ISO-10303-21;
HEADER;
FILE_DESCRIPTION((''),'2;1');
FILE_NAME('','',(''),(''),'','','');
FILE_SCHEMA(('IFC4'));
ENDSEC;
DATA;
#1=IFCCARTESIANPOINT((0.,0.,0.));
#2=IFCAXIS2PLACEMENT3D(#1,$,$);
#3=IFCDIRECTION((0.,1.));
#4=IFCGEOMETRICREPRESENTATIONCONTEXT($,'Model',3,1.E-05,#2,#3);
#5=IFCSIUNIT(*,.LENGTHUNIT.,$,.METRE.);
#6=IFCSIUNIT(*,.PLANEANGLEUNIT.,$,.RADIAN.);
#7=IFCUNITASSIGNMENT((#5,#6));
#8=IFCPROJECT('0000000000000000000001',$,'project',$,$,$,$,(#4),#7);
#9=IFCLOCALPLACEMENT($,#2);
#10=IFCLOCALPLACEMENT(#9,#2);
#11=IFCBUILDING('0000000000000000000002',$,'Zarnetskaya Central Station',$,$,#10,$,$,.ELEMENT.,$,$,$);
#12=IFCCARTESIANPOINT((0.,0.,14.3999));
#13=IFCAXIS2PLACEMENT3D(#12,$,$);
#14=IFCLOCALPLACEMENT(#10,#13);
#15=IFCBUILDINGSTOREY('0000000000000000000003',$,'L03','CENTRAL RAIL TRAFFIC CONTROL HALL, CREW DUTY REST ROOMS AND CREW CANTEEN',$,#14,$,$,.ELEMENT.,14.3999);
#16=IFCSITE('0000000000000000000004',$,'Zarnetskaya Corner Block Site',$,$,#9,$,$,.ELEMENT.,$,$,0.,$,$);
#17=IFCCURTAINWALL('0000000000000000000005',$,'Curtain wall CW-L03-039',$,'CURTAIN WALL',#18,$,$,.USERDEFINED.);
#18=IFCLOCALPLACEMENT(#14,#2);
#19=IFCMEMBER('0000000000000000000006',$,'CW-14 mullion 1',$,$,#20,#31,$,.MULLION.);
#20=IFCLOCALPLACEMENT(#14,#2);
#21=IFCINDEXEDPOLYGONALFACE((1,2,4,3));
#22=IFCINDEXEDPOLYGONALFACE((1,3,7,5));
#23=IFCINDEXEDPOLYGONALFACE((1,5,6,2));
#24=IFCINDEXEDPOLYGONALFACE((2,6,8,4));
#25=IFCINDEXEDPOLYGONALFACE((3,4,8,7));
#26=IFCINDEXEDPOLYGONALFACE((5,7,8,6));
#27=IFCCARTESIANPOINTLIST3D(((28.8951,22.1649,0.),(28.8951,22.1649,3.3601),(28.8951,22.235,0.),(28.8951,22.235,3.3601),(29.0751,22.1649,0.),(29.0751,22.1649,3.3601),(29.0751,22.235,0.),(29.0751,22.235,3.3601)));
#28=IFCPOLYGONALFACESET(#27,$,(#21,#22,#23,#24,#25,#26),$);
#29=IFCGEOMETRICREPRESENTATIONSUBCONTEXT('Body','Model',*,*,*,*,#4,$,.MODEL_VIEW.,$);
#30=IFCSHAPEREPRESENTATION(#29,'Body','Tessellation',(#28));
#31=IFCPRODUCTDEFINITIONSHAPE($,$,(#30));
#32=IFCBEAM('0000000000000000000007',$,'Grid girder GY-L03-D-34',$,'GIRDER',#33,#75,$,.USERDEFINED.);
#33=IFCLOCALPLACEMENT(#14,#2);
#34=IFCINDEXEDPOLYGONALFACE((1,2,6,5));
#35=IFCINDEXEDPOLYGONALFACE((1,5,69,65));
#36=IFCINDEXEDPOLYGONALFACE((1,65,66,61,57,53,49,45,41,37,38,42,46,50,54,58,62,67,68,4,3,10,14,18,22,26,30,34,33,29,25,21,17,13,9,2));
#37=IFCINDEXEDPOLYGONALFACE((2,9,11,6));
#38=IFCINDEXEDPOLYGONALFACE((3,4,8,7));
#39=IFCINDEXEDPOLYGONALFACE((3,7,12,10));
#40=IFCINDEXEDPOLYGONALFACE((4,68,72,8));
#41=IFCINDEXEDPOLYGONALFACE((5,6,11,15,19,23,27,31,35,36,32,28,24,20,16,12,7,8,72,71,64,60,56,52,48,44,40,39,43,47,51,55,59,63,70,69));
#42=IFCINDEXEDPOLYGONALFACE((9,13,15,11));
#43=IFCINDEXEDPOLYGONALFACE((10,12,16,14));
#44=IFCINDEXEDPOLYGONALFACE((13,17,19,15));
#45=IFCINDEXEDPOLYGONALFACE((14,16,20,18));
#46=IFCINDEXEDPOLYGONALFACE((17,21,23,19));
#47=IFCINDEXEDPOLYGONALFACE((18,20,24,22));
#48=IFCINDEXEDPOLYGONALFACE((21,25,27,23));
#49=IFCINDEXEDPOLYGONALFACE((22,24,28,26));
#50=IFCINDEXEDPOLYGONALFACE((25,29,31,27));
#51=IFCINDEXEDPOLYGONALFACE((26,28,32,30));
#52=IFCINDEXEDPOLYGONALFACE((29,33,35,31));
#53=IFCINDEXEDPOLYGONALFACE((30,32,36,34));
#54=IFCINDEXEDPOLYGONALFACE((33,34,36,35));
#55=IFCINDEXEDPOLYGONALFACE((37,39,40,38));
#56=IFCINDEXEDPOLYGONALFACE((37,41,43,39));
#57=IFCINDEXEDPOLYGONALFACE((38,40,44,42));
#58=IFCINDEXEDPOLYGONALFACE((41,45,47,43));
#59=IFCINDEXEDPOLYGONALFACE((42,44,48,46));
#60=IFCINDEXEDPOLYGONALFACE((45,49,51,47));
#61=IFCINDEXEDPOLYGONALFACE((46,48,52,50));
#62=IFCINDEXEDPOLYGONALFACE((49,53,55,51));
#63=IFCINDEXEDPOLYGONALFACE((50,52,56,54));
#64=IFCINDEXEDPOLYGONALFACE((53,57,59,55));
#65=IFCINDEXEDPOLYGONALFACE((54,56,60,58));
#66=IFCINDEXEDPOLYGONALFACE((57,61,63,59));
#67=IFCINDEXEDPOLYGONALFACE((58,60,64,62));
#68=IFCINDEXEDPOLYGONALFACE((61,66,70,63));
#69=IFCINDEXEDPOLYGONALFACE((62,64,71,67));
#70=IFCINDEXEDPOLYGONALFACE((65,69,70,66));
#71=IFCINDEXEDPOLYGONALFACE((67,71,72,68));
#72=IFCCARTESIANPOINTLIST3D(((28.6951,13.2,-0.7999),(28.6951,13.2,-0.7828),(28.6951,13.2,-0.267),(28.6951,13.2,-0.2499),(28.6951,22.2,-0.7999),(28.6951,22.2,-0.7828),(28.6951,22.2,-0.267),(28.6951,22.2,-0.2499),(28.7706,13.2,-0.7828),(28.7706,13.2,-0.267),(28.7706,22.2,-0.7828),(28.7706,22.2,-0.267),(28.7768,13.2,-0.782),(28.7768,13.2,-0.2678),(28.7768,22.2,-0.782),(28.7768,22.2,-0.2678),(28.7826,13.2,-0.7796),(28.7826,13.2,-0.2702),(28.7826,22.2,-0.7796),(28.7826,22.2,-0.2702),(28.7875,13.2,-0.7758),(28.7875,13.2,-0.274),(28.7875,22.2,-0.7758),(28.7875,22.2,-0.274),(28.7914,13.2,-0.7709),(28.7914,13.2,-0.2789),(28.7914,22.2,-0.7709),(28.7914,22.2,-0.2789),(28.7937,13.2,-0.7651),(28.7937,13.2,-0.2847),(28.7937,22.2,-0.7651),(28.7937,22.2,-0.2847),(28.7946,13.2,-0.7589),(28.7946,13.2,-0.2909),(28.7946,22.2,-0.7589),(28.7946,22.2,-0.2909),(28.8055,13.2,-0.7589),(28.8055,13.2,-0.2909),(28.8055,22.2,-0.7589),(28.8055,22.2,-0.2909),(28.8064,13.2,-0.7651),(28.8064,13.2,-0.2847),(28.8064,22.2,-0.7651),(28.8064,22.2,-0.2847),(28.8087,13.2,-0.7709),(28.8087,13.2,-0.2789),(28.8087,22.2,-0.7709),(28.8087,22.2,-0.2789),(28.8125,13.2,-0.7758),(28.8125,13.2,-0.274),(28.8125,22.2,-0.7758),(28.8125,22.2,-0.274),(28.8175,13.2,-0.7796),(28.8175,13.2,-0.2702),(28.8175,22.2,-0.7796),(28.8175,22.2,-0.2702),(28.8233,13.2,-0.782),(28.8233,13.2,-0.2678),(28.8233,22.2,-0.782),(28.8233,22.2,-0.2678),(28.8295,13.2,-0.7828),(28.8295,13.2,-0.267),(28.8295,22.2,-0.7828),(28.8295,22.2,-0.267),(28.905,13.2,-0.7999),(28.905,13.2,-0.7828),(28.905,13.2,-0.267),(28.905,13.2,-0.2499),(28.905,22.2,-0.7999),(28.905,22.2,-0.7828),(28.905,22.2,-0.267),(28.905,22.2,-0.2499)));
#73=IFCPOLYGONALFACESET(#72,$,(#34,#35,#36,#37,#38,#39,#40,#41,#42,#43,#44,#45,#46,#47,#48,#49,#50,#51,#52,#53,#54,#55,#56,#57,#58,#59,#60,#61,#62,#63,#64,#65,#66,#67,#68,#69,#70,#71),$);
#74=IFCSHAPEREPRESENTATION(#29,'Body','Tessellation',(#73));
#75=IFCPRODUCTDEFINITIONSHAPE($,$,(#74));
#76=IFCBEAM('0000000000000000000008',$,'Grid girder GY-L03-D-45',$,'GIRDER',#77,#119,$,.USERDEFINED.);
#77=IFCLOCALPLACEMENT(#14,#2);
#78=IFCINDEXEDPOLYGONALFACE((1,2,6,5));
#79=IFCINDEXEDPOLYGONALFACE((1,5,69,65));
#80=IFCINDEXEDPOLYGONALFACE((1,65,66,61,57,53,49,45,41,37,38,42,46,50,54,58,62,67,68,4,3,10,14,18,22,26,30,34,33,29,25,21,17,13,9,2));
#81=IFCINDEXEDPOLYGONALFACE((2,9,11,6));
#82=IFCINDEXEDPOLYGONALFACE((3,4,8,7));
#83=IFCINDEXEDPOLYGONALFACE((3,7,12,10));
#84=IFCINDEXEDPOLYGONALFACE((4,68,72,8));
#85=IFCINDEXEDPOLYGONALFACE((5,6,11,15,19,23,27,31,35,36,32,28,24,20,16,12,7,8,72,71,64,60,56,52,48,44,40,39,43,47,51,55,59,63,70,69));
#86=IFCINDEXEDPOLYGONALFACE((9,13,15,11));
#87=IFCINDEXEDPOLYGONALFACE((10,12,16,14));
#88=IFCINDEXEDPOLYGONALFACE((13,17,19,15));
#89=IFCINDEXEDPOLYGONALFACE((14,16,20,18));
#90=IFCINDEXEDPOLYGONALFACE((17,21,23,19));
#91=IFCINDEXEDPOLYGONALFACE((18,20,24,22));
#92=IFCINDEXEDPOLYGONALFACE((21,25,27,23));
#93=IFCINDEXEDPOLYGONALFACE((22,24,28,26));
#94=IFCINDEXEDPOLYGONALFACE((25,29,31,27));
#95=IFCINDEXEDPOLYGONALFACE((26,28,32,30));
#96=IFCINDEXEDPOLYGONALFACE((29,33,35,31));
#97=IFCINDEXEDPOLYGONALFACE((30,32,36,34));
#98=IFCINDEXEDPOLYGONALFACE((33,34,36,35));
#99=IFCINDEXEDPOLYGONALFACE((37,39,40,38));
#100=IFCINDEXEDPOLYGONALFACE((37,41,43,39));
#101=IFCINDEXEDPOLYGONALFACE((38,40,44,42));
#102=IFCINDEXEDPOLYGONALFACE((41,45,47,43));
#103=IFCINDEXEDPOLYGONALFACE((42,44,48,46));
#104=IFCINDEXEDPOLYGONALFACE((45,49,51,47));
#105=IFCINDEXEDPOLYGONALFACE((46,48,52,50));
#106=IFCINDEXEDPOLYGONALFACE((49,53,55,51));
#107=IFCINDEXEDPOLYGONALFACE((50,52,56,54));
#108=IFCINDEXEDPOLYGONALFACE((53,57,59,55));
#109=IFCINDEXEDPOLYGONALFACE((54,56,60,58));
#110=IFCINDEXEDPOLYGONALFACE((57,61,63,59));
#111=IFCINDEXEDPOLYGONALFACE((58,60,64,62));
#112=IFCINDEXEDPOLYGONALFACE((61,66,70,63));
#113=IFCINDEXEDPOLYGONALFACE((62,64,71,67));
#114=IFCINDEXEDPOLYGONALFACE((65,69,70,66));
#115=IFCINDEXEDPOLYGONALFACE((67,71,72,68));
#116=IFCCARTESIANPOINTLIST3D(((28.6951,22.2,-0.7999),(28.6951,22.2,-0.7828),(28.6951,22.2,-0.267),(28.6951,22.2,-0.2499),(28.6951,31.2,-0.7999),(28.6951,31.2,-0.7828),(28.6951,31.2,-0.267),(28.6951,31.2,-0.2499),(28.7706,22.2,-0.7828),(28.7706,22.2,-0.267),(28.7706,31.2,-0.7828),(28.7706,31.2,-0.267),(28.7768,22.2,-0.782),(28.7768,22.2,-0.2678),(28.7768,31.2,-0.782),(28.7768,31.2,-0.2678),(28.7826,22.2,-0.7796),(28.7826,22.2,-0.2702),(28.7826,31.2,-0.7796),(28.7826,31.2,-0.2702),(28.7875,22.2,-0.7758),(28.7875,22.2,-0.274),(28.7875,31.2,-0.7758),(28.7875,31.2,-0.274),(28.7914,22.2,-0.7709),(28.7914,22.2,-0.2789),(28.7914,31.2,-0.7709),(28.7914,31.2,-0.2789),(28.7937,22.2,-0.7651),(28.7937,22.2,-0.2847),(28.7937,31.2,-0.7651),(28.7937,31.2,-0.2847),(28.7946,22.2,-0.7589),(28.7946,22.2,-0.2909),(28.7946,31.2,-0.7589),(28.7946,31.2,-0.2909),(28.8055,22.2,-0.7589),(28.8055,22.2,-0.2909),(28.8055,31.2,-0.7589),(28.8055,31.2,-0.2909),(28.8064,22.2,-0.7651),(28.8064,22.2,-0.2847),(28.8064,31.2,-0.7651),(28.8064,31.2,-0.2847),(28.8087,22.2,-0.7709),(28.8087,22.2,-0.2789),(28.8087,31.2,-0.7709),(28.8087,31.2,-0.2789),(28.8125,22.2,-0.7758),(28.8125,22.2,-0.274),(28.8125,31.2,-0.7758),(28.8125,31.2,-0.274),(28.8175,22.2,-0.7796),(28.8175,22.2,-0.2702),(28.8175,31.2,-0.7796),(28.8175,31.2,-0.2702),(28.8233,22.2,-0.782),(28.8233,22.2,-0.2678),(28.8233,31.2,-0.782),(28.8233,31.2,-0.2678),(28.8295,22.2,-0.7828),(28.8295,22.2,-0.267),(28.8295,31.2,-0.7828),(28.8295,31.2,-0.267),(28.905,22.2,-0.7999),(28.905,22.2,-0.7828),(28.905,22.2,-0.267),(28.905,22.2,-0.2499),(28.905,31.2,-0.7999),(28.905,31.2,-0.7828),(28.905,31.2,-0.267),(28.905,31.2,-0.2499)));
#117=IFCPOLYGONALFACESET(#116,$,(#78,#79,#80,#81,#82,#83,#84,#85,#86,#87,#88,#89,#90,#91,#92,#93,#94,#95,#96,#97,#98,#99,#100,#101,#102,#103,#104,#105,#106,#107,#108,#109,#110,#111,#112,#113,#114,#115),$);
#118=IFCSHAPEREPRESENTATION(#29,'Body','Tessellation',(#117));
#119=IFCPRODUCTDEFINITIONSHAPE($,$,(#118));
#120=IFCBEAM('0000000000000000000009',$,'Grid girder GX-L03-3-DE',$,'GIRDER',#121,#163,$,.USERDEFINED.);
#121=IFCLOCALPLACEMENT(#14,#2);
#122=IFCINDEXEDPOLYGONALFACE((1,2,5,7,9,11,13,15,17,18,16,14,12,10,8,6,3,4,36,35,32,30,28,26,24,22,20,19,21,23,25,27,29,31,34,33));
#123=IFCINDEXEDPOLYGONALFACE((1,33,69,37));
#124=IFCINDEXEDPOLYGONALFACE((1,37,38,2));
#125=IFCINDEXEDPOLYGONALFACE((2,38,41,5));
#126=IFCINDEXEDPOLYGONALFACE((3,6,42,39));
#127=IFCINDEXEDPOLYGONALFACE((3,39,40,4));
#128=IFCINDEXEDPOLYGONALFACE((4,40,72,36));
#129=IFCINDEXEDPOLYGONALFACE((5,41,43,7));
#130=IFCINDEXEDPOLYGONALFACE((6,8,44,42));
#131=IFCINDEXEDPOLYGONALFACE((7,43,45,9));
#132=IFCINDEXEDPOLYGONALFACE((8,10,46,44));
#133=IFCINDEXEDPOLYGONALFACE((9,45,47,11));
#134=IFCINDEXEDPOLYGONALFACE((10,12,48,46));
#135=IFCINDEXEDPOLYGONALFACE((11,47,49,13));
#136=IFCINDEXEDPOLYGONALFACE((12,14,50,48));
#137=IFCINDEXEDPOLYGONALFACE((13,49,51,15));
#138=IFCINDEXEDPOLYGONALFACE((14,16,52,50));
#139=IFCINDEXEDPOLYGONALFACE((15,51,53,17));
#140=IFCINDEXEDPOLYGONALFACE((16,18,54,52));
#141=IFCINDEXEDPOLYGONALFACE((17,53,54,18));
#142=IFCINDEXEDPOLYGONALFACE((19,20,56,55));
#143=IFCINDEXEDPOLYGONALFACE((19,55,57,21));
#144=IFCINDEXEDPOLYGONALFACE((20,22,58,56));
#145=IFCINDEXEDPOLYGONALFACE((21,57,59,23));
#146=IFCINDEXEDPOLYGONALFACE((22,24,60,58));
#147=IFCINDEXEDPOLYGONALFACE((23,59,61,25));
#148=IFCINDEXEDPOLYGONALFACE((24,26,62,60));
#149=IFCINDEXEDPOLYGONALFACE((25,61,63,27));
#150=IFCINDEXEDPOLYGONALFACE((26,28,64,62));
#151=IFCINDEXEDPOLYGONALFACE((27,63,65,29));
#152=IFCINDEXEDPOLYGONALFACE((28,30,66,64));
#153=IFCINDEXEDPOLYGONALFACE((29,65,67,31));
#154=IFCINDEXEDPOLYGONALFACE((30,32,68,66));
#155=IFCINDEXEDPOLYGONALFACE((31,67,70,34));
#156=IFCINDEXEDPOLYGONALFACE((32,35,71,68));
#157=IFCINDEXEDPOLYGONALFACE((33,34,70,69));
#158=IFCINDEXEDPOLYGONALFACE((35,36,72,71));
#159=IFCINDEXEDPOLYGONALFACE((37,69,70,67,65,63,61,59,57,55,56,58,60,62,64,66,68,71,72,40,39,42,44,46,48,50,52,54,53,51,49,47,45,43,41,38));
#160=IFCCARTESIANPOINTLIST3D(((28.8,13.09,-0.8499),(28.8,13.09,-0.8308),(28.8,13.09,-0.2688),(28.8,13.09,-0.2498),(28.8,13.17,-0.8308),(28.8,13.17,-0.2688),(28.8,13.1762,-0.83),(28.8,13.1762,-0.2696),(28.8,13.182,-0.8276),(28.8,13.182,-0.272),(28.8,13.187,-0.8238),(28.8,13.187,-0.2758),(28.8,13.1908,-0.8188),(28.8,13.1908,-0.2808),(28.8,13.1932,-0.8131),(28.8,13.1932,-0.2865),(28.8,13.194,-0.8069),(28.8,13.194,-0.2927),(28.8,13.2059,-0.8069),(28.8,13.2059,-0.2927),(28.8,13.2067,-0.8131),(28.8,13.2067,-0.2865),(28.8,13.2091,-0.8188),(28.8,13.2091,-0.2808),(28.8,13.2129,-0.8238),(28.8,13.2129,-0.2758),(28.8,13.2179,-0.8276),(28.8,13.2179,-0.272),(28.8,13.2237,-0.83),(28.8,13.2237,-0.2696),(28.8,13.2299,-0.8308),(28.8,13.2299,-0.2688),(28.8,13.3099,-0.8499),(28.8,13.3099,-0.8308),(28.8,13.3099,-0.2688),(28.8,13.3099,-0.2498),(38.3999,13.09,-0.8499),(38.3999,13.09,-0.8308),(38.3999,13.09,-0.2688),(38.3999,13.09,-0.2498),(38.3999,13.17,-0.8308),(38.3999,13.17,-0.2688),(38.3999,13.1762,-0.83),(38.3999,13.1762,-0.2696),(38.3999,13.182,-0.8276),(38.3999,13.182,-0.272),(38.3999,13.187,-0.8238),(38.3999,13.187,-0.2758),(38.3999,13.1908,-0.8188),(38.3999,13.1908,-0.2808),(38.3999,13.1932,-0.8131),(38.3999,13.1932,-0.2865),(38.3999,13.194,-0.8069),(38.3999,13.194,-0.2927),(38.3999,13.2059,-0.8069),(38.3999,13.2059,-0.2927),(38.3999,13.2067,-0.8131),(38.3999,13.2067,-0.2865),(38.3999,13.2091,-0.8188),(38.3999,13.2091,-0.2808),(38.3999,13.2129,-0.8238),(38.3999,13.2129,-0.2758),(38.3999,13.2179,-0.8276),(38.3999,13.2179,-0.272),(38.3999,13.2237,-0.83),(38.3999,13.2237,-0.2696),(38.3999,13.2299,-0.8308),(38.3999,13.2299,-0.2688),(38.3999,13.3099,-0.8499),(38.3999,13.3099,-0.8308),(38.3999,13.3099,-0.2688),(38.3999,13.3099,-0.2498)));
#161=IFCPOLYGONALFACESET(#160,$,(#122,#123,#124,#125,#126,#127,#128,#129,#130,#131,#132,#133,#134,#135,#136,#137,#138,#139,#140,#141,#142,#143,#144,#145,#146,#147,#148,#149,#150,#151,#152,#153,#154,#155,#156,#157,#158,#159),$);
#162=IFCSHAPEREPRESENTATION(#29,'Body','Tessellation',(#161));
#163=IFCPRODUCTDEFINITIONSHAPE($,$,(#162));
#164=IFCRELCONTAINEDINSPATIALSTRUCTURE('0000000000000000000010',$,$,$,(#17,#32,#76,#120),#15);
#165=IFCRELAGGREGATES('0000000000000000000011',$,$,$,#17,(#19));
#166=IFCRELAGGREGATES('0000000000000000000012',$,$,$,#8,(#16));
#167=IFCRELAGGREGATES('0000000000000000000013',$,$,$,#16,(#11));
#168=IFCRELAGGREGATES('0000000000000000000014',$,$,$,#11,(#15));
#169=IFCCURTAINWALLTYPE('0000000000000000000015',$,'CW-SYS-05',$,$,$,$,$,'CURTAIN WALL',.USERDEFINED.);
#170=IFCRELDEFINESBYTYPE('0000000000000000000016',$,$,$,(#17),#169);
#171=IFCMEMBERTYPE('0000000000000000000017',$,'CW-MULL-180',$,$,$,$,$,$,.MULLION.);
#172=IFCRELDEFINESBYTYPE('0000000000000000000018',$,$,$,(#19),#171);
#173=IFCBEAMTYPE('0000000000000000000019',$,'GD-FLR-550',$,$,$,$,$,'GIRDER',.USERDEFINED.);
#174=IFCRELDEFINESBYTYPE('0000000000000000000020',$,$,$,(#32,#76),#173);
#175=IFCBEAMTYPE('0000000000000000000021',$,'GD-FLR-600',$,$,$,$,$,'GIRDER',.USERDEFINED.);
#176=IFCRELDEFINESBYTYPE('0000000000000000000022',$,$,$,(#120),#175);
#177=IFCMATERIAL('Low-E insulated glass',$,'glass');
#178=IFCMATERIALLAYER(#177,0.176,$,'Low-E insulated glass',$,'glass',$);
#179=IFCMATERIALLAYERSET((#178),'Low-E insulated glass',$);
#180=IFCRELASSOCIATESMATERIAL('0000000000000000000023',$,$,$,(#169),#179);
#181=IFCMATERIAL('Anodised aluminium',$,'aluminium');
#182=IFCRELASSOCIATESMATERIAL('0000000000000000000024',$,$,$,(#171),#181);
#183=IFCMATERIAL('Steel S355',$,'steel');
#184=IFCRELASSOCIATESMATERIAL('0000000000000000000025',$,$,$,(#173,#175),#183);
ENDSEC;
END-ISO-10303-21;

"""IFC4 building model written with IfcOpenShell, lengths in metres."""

from ifc_helpers import new_model, si_unit, direction, frame, origin, origin_2d, place, context, subcontext, project, spatial, rectangle, i_section, extrude, material, layer, layer_set, material_profile, profile_set, type_object, element, aggregate, save


model = new_model("IFC4")

# Units and contexts
model_context = context("Model", 3, precision=1e-05, world=origin(), true_north=direction((0.0, 1.0)))
body_context = subcontext(model_context, "Body", "Model", "MODEL_VIEW")
ifc_project = project(units=[si_unit("LENGTHUNIT", "METRE"), si_unit("PLANEANGLEUNIT", "RADIAN")], contexts=[model_context])

# Site, building, storey
site_placement = place(None, origin())
site = spatial("IfcSite", under=ifc_project, at=site_placement, Name="Zarnetskaya Corner Block Site", CompositionType="ELEMENT", RefElevation=0.0)
building_placement = place(site_placement, origin())
building = spatial("IfcBuilding", under=site, at=building_placement, Name="Zarnetskaya Central Station", CompositionType="ELEMENT")
storey_placement = place(building_placement, frame((0.0, 0.0, 14.3999)))
storey = spatial("IfcBuildingStorey", under=building, at=storey_placement, Name="L03", Description="CENTRAL RAIL TRAFFIC CONTROL HALL, CREW DUTY REST ROOMS AND CREW CANTEEN", CompositionType="ELEMENT", Elevation=14.3999)

# Shared definitions
ifc_material_1 = material(Name="Steel S355", Category="steel")

# Curtain wall, member
ifc_material_2 = material(Name="Low-E insulated glass", Category="glass")
ifc_layer_1 = layer(ifc_material_2, 0.176, Name="Low-E insulated glass", Category="glass")
ifc_layer_set_1 = layer_set([ifc_layer_1], Name="Low-E insulated glass")
curtain_wall_type = type_object("IfcCurtainWallType", Name="CW-SYS-05", ElementType="CURTAIN WALL", PredefinedType="USERDEFINED", material=ifc_layer_set_1)
curtain_wall_placement = place(storey_placement, origin())
curtain_wall = element("IfcCurtainWall", 1, at=curtain_wall_placement, inside=storey, type_object=curtain_wall_type, Name="Curtain wall CW-L03-039", ObjectType="CURTAIN WALL", PredefinedType="USERDEFINED")
ifc_material_3 = material(Name="Anodised aluminium", Category="aluminium")
ifc_material_profile_1 = material_profile(ifc_material_3, rectangle(XDim=0.0701, YDim=0.1799, at=origin_2d()), Name="ALU MULL 70x180")
ifc_profile_set_1 = profile_set([ifc_material_profile_1], Name="Anodised aluminium")
member_type = type_object("IfcMemberType", Name="CW-MULL-180", PredefinedType="MULLION", material=ifc_profile_set_1)
member_placement = place(storey_placement, frame((28.9851, 22.2, 0.0), z_axis=(0.0, 0.0, 1.0), x_axis=(0.0, 1.0, 0.0)))
member = element("IfcMember", 2, at=member_placement, type_object=member_type, Name="CW-14 mullion 1", PredefinedType="MULLION", context=body_context, shape_type="SweptSolid", body=[
    extrude(rectangle(XDim=0.0701, YDim=0.1799, at=origin_2d()), origin(), (0.0, 0.0, 1.0), 3.3601),
])
aggregate(curtain_wall, [member])

# Beams
ifc_material_profile_2 = material_profile(ifc_material_1, i_section(OverallWidth=0.21, OverallDepth=0.55, WebThickness=0.011, FlangeThickness=0.0171, FilletRadius=0.0239, at=origin_2d()), Name="IPE 550")
ifc_profile_set_2 = profile_set([ifc_material_profile_2], Name="Steel S355")
beam_type_1 = type_object("IfcBeamType", Name="GD-FLR-550", ElementType="GIRDER", PredefinedType="USERDEFINED", material=ifc_profile_set_2)
for number, where, z_axis, x_axis, name in (
    (3, (28.8, 13.2, -0.5249), (0.0, 1.0, 0.0), (-1.0, 0.0, 0.0), "Grid girder GY-L03-D-34"),
    (4, (28.8, 22.2, -0.5249), (0.0, 1.0, 0.0), (-1.0, 0.0, 0.0), "Grid girder GY-L03-D-45"),
):
    element("IfcBeam", number, at=place(storey_placement, frame(where, z_axis=z_axis, x_axis=x_axis)), inside=storey, type_object=beam_type_1, Name=name, ObjectType="GIRDER", PredefinedType="USERDEFINED", context=body_context, shape_type="SweptSolid", body=[
        extrude(i_section(OverallWidth=0.21, OverallDepth=0.55, WebThickness=0.011, FlangeThickness=0.0171, FilletRadius=0.0239, at=origin_2d()), origin(), (0.0, 0.0, 1.0), 9.0),
    ])
ifc_material_profile_3 = material_profile(ifc_material_1, i_section(OverallWidth=0.22, OverallDepth=0.6001, WebThickness=0.012, FlangeThickness=0.019, FilletRadius=0.0239, at=origin_2d()), Name="IPE 600")
ifc_profile_set_3 = profile_set([ifc_material_profile_3], Name="Steel S355")
beam_type_2 = type_object("IfcBeamType", Name="GD-FLR-600", ElementType="GIRDER", PredefinedType="USERDEFINED", material=ifc_profile_set_3)
for number, where, z_axis, x_axis, name in (
    (5, (28.8, 13.2, -0.5498), (1.0, 0.0, 0.0), (0.0, 1.0, 0.0), "Grid girder GX-L03-3-DE"),
):
    element("IfcBeam", number, at=place(storey_placement, frame(where, z_axis=z_axis, x_axis=x_axis)), inside=storey, type_object=beam_type_2, Name=name, ObjectType="GIRDER", PredefinedType="USERDEFINED", context=body_context, shape_type="SweptSolid", body=[
        extrude(i_section(OverallWidth=0.22, OverallDepth=0.6001, WebThickness=0.012, FlangeThickness=0.019, FilletRadius=0.0239, at=origin_2d()), origin(), (0.0, 0.0, 1.0), 9.5999),
    ])

save(model, "model.ifc")
